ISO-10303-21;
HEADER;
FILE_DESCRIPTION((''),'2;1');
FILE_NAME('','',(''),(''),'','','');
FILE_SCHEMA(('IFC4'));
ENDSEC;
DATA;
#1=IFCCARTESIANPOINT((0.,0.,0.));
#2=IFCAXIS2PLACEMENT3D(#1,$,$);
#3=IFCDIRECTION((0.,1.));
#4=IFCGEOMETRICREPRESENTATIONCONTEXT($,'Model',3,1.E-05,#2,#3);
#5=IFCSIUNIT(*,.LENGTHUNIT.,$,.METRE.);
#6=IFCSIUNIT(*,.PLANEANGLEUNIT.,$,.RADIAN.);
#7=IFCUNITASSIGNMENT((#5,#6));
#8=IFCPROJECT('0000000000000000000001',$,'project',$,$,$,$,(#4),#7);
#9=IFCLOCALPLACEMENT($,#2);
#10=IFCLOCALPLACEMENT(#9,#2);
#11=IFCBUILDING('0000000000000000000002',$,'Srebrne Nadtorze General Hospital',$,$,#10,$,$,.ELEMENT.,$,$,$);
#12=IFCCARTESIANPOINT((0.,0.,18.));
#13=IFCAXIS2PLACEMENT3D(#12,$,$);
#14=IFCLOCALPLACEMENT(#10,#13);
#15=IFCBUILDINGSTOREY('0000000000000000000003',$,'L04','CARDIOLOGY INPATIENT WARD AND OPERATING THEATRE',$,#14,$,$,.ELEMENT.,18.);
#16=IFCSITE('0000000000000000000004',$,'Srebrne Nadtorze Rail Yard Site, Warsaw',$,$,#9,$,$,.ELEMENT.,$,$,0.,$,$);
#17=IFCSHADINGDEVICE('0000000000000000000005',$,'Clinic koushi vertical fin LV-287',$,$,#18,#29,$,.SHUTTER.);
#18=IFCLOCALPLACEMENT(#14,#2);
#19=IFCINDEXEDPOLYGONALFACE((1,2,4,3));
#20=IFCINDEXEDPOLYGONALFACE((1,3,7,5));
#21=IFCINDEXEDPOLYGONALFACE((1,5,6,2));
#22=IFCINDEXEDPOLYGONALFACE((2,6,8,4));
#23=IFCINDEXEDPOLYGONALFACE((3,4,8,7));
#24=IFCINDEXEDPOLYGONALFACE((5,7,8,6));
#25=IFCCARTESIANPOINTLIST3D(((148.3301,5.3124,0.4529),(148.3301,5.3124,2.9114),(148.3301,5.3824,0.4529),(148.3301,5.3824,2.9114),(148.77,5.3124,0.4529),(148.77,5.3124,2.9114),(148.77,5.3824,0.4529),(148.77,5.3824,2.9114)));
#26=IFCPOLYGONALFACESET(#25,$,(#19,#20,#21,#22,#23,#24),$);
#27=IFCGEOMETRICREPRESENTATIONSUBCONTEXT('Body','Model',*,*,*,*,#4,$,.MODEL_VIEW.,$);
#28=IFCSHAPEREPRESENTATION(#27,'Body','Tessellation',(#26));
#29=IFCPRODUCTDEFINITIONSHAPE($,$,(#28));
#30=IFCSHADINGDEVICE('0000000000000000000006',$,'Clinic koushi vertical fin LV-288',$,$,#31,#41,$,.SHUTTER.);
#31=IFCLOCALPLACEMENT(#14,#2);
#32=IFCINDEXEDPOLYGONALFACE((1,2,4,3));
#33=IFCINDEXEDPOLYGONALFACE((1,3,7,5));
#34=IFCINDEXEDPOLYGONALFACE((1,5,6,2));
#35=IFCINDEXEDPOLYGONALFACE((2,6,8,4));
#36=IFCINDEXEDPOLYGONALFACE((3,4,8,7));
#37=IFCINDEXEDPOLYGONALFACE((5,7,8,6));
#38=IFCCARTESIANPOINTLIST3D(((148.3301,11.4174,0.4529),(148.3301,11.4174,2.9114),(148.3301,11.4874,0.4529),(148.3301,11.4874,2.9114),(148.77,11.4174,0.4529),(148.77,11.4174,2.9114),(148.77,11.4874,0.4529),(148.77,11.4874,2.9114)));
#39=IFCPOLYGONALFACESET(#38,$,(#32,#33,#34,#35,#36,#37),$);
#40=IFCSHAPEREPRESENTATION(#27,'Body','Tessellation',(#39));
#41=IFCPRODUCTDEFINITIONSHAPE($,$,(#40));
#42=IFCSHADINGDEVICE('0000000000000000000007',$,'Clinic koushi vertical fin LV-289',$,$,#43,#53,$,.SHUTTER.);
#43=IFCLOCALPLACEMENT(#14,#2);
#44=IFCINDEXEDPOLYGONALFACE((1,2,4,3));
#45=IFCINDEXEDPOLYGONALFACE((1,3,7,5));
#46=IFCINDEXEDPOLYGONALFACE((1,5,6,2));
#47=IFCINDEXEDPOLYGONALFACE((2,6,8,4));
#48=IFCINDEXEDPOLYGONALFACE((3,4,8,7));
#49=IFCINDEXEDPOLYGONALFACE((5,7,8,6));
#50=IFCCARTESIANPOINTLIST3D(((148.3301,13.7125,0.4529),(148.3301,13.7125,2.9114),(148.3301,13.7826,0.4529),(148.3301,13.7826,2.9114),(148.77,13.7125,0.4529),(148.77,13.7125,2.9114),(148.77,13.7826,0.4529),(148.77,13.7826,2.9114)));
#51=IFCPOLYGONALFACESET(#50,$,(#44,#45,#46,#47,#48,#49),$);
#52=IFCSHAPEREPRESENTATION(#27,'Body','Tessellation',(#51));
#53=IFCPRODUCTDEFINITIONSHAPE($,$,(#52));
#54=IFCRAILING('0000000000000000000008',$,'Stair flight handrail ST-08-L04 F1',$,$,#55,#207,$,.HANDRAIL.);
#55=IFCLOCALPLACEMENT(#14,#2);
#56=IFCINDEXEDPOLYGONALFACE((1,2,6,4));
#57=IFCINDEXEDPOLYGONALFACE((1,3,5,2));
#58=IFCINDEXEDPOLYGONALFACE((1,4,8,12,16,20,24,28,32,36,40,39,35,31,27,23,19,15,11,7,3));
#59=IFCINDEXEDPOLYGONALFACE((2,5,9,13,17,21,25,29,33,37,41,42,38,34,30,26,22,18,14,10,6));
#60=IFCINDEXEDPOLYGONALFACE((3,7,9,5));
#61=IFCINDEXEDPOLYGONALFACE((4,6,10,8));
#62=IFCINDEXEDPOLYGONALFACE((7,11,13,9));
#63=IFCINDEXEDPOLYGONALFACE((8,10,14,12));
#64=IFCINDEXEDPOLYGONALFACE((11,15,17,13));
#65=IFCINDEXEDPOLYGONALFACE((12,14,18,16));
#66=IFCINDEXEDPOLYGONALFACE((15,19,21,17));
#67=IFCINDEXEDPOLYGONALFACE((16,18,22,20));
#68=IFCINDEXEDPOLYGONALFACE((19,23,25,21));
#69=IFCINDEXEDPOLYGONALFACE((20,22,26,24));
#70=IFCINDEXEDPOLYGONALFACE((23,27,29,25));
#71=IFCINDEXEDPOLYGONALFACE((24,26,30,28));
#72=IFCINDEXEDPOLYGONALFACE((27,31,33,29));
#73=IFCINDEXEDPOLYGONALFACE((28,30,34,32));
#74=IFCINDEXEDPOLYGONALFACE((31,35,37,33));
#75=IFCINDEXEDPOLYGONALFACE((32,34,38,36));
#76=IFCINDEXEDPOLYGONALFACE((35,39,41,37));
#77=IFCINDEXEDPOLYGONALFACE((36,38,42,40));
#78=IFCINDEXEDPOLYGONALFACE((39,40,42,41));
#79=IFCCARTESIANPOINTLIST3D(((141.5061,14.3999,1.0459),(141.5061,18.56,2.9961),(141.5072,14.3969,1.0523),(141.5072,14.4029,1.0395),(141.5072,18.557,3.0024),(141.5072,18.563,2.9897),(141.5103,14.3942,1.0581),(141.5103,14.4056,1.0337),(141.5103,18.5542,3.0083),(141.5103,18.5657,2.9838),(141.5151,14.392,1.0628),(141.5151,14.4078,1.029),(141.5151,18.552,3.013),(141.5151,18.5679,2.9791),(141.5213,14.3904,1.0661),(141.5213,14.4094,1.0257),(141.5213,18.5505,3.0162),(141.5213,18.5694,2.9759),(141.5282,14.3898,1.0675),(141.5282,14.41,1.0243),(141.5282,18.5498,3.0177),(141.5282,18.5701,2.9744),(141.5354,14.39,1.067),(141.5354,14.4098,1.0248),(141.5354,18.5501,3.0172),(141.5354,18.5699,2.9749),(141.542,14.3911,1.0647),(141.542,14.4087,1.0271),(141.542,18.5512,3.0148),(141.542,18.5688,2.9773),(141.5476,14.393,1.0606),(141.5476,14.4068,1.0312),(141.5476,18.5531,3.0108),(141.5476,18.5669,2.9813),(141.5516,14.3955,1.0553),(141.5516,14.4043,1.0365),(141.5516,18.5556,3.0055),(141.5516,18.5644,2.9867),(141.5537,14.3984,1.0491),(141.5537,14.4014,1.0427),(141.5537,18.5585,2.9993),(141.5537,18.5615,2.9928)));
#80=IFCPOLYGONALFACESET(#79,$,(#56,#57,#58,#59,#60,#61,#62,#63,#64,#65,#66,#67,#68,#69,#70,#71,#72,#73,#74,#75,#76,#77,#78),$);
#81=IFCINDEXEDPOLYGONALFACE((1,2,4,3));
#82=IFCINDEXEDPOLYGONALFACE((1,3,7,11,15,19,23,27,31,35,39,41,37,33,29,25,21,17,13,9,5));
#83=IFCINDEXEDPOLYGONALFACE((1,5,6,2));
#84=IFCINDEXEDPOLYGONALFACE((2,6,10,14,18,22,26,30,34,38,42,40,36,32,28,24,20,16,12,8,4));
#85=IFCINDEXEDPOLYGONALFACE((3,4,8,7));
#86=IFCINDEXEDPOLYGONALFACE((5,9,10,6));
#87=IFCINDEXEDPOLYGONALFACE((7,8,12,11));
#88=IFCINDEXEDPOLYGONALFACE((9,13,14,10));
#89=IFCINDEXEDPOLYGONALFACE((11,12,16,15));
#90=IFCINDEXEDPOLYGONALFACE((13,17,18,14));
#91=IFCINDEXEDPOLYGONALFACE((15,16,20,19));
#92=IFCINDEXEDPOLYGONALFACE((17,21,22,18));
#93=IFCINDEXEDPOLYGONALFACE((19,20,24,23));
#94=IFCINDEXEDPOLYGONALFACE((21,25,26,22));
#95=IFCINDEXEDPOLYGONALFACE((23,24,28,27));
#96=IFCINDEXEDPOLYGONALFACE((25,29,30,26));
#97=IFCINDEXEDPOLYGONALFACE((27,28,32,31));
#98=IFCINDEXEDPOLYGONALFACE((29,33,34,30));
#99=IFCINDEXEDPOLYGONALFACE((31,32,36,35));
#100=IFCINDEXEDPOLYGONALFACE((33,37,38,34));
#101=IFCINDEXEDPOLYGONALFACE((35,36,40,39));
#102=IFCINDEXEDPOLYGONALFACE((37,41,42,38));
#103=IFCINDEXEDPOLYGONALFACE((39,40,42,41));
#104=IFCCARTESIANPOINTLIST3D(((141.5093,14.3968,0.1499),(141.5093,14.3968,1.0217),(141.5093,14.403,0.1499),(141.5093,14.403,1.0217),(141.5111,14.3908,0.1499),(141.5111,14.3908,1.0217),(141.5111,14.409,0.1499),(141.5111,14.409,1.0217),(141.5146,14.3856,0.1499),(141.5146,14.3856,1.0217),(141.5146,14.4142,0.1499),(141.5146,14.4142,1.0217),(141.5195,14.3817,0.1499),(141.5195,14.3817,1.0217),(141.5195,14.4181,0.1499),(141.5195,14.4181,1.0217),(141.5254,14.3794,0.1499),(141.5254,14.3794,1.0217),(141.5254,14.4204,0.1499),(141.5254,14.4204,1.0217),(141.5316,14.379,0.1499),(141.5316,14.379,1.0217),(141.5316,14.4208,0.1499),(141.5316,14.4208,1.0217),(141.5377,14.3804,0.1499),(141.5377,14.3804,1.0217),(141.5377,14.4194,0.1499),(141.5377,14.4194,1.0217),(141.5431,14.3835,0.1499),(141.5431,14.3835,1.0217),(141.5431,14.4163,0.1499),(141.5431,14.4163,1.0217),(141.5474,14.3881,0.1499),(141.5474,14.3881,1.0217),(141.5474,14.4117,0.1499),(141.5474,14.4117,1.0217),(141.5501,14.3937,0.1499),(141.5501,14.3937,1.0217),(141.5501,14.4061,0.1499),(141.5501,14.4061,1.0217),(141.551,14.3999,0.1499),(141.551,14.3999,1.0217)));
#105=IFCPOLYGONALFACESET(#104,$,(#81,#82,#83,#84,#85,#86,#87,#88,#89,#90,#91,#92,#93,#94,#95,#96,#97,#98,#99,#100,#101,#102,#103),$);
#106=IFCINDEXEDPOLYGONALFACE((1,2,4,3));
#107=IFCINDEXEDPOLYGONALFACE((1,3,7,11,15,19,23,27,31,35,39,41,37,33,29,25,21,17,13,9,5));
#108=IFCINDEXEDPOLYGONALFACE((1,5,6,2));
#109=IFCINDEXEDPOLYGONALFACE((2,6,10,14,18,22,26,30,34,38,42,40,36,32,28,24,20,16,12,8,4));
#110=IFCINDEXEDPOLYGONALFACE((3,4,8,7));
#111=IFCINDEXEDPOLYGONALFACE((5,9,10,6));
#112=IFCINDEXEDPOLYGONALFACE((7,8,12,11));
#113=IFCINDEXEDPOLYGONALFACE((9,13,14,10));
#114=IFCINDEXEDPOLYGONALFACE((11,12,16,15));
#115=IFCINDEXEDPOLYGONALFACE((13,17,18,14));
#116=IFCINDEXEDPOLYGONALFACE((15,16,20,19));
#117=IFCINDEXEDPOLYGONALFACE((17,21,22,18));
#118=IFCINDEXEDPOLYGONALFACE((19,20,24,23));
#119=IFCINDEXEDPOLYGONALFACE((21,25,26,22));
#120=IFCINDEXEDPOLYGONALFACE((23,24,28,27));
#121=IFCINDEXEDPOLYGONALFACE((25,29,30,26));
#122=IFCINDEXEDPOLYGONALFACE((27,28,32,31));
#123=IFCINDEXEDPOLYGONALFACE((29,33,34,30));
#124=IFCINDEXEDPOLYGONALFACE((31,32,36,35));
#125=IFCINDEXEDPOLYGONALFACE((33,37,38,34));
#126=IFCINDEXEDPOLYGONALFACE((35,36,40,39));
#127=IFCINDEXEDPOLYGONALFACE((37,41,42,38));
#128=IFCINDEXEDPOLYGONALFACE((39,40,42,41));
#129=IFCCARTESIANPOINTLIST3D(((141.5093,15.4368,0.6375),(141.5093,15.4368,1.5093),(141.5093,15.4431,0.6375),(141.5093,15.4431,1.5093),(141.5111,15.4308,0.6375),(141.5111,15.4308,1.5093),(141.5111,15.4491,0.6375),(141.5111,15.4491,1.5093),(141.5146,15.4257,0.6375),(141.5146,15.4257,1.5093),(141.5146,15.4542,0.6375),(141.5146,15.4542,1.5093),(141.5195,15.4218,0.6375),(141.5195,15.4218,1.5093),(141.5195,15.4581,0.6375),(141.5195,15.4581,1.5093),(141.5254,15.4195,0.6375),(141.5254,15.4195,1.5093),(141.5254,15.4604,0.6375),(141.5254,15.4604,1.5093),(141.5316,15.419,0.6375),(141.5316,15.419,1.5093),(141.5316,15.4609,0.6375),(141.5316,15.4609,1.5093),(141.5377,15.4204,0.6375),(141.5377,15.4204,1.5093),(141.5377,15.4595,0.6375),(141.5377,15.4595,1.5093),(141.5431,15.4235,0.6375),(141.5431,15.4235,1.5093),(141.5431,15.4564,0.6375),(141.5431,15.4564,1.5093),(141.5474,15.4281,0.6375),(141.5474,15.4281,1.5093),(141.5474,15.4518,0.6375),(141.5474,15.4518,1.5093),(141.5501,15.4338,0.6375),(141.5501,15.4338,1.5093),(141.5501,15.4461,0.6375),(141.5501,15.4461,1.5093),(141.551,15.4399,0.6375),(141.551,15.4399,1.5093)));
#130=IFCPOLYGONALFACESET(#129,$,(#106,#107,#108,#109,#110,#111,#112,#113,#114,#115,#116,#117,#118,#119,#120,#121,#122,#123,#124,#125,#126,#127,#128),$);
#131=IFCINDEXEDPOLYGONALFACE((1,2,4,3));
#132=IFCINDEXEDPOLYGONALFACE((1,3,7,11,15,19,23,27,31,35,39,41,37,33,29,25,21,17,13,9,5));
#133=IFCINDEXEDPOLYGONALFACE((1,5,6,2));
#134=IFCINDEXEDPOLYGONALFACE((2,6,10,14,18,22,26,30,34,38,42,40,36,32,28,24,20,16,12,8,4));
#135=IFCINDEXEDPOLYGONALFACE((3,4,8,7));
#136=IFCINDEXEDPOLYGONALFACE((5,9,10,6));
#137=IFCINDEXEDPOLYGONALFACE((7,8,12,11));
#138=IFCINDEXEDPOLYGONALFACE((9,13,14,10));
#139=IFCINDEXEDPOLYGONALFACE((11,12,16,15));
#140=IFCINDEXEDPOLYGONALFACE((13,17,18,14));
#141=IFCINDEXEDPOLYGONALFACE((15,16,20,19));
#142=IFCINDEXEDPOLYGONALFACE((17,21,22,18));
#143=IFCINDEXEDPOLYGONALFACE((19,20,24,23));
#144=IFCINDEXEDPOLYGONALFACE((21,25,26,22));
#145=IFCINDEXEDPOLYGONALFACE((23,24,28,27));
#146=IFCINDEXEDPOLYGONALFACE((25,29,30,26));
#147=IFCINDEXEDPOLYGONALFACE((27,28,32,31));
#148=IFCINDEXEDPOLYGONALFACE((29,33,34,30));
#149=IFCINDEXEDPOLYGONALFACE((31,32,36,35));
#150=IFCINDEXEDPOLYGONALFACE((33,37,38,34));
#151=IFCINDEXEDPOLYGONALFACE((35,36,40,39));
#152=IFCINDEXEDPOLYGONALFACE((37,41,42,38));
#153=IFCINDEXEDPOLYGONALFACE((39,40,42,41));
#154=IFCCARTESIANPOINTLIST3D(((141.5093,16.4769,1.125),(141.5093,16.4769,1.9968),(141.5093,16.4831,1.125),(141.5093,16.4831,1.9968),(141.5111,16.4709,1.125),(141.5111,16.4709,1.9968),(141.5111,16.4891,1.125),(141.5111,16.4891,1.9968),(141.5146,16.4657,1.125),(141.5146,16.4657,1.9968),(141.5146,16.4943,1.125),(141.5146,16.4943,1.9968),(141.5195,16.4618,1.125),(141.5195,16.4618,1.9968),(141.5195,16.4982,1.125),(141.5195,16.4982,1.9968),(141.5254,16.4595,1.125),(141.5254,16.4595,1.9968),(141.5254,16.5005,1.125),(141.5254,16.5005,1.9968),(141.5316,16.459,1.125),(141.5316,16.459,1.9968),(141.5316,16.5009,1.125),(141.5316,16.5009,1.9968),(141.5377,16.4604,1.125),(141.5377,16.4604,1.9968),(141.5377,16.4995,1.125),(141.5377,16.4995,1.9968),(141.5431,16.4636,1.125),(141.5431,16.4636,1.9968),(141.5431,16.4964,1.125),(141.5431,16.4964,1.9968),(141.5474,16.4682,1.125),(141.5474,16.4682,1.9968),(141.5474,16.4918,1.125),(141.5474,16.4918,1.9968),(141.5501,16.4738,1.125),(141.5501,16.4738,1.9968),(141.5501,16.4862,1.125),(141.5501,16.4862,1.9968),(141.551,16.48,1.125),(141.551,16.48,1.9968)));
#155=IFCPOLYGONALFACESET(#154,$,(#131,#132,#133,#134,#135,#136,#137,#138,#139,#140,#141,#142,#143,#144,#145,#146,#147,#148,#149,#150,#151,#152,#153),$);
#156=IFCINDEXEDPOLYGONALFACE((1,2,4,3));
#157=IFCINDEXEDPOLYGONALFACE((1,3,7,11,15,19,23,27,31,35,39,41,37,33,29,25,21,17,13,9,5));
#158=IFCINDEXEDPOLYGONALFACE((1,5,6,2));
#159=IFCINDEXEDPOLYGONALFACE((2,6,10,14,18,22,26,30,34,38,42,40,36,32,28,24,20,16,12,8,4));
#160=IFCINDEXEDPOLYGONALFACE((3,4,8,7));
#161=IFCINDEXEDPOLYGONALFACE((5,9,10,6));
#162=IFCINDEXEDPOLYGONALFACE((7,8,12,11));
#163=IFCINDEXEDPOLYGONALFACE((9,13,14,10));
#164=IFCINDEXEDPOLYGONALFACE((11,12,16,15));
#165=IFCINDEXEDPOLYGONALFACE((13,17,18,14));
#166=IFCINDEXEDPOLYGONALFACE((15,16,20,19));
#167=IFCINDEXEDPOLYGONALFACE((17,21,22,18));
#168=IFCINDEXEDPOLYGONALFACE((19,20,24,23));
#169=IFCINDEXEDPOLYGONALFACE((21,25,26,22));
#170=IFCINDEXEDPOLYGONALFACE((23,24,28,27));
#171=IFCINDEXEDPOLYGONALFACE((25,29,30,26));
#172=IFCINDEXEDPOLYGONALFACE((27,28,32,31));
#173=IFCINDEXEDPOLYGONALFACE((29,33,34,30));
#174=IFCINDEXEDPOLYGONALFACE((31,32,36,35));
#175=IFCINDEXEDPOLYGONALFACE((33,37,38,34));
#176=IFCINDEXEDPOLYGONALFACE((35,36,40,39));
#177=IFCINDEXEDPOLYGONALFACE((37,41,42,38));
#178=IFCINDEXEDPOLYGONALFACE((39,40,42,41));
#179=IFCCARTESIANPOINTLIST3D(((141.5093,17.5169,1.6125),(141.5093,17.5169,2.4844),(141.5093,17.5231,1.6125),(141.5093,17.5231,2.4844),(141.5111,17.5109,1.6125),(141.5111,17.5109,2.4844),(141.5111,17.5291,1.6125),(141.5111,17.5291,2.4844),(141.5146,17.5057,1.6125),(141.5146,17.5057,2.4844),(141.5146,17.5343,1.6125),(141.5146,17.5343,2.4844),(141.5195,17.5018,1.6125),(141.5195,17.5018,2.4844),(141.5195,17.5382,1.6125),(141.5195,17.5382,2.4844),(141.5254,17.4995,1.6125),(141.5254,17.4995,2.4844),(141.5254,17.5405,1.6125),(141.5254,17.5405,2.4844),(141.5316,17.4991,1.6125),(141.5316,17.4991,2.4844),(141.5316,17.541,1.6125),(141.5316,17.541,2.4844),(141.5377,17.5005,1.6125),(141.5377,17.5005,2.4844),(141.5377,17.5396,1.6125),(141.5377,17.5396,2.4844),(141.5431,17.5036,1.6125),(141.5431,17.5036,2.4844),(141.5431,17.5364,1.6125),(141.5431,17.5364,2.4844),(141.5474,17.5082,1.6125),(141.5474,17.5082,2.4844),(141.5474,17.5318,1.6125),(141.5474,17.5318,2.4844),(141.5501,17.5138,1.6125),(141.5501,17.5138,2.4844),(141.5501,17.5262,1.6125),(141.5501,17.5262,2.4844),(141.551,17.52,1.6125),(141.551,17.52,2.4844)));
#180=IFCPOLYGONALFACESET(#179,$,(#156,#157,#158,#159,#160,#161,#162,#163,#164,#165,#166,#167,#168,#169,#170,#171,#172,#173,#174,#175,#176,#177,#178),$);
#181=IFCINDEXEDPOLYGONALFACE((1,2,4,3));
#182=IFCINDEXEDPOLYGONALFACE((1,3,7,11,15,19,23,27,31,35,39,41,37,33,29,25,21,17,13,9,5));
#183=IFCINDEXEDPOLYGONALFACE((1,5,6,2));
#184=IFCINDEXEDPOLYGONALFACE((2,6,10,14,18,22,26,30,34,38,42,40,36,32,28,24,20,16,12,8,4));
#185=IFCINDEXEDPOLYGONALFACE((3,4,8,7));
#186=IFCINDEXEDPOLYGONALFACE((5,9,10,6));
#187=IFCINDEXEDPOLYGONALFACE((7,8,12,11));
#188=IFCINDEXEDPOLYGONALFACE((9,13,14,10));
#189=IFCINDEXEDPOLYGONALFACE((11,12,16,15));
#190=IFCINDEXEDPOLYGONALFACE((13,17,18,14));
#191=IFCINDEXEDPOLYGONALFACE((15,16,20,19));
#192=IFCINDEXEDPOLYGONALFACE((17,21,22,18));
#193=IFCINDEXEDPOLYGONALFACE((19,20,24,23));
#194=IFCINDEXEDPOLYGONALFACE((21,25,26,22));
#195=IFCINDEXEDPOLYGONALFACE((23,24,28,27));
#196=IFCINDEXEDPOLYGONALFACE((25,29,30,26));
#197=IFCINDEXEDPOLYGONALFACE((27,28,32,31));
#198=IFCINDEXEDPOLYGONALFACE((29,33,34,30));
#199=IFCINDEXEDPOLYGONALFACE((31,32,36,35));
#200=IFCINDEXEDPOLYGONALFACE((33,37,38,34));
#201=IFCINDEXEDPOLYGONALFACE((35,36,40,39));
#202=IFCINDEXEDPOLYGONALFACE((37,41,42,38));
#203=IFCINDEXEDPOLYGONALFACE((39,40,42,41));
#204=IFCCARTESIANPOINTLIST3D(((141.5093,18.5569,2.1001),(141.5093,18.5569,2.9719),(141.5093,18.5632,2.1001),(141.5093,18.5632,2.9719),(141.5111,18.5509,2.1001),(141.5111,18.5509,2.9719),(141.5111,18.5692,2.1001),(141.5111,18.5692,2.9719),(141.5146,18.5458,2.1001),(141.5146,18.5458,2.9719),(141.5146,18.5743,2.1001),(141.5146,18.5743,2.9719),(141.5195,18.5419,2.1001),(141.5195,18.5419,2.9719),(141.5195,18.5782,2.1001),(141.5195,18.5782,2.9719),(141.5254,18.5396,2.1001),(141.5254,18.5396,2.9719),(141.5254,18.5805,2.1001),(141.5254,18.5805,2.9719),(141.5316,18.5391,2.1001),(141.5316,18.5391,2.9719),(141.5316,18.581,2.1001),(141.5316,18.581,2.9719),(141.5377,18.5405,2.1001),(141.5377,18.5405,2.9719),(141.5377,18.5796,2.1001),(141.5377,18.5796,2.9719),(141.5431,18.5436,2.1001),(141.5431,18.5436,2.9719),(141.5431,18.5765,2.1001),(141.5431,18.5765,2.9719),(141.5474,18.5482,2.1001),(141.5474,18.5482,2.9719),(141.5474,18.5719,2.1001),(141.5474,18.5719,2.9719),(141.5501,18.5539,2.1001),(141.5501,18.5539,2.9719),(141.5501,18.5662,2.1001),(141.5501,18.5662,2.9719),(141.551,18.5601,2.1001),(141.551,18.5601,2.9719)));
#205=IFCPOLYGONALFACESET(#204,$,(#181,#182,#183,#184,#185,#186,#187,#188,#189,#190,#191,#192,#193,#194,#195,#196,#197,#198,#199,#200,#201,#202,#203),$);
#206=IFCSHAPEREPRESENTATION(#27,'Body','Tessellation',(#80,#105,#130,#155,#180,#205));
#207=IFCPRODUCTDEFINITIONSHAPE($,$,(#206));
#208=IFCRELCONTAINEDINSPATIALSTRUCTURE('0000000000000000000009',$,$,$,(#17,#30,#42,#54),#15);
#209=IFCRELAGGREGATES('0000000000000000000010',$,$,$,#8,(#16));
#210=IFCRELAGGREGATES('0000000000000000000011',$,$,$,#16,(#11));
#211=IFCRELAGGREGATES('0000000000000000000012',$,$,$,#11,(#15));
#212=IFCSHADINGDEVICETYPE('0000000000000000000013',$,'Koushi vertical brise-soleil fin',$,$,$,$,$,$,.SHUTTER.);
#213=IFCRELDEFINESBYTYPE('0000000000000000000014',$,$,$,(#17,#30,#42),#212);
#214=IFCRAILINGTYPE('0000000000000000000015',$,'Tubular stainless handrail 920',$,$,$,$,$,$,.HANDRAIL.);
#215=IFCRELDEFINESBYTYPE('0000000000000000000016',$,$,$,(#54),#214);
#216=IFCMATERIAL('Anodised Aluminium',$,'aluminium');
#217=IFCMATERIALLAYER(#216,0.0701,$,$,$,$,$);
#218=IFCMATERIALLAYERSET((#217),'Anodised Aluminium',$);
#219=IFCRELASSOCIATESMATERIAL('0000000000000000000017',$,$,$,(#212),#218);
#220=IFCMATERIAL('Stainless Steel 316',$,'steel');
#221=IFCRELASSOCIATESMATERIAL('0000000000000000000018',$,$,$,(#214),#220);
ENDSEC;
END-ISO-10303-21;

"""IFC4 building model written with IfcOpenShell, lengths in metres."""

from ifc_helpers import new_model, si_unit, direction, frame, origin, origin_2d, place, context, subcontext, project, spatial, rectangle, circle, extrude, material, layer, layer_set, type_object, element, save


model = new_model("IFC4")

# Units and contexts
model_context = context("Model", 3, precision=1e-05, world=origin(), true_north=direction((0.0, 1.0)))
body_context = subcontext(model_context, "Body", "Model", "MODEL_VIEW")
ifc_project = project(units=[si_unit("LENGTHUNIT", "METRE"), si_unit("PLANEANGLEUNIT", "RADIAN")], contexts=[model_context])

# Site, building, storey
site_placement = place(None, origin())
site = spatial("IfcSite", under=ifc_project, at=site_placement, Name="Srebrne Nadtorze Rail Yard Site, Warsaw", CompositionType="ELEMENT", RefElevation=0.0)
building_placement = place(site_placement, origin())
building = spatial("IfcBuilding", under=site, at=building_placement, Name="Srebrne Nadtorze General Hospital", CompositionType="ELEMENT")
storey_placement = place(building_placement, frame((0.0, 0.0, 18.0)))
storey = spatial("IfcBuildingStorey", under=building, at=storey_placement, Name="L04", Description="CARDIOLOGY INPATIENT WARD AND OPERATING THEATRE", CompositionType="ELEMENT", Elevation=18.0)

# Shading devices
ifc_material_1 = material(Name="Anodised Aluminium", Category="aluminium")
ifc_layer_1 = layer(ifc_material_1, 0.0701)
ifc_layer_set_1 = layer_set([ifc_layer_1], Name="Anodised Aluminium")
shading_device_type = type_object("IfcShadingDeviceType", Name="Koushi vertical brise-soleil fin", PredefinedType="SHUTTER", material=ifc_layer_set_1)
for number, where, z_axis, x_axis, name in (
    (1, (148.55, 5.3474, 0.4529), (0.0, 0.0, 1.0), (1.0, 0.0, 0.0), "Clinic koushi vertical fin LV-287"),
    (2, (148.55, 11.4524, 0.4529), (0.0, 0.0, 1.0), (1.0, 0.0, 0.0), "Clinic koushi vertical fin LV-288"),
    (3, (148.55, 13.7476, 0.4529), (0.0, 0.0, 1.0), (1.0, 0.0, 0.0), "Clinic koushi vertical fin LV-289"),
):
    element("IfcShadingDevice", number, at=place(storey_placement, frame(where, z_axis=z_axis, x_axis=x_axis)), inside=storey, type_object=shading_device_type, Name=name, PredefinedType="SHUTTER", context=body_context, shape_type="SweptSolid", body=[
        extrude(rectangle(XDim=0.4399, YDim=0.0701, at=origin_2d()), origin(), (0.0, 0.0, 1.0), 2.4585),
    ])

# Railing
ifc_material_2 = material(Name="Stainless Steel 316", Category="steel")
railing_type = type_object("IfcRailingType", Name="Tubular stainless handrail 920", PredefinedType="HANDRAIL", material=ifc_material_2)
railing_placement = place(storey_placement, frame((141.53, 14.3999, 0.1499)))
element("IfcRailing", 4, at=railing_placement, inside=storey, type_object=railing_type, Name="Stair flight handrail ST-08-L04 F1", PredefinedType="HANDRAIL", context=body_context, shape_type="SweptSolid", body=[
    extrude(circle(Radius=0.0239, at=origin_2d()), frame((0.0, 0.0, 0.896), z_axis=(0.0, 0.905449, 0.424456), x_axis=(-1.0, 0.0, 0.0)), (0.0, 0.0, 1.0), 4.5945),
    extrude(circle(Radius=0.021, at=origin_2d()), origin(), (0.0, 0.0, 1.0), 0.8718),
    extrude(circle(Radius=0.021, at=origin_2d()), frame((0.0, 1.04, 0.4875)), (0.0, 0.0, 1.0), 0.8718),
    extrude(circle(Radius=0.021, at=origin_2d()), frame((0.0, 2.0801, 0.9751)), (0.0, 0.0, 1.0), 0.8718),
    extrude(circle(Radius=0.021, at=origin_2d()), frame((0.0, 3.1201, 1.4626)), (0.0, 0.0, 1.0), 0.8718),
    extrude(circle(Radius=0.021, at=origin_2d()), frame((0.0, 4.1602, 1.9502)), (0.0, 0.0, 1.0), 0.8718),
])

save(model, "model.ifc")
